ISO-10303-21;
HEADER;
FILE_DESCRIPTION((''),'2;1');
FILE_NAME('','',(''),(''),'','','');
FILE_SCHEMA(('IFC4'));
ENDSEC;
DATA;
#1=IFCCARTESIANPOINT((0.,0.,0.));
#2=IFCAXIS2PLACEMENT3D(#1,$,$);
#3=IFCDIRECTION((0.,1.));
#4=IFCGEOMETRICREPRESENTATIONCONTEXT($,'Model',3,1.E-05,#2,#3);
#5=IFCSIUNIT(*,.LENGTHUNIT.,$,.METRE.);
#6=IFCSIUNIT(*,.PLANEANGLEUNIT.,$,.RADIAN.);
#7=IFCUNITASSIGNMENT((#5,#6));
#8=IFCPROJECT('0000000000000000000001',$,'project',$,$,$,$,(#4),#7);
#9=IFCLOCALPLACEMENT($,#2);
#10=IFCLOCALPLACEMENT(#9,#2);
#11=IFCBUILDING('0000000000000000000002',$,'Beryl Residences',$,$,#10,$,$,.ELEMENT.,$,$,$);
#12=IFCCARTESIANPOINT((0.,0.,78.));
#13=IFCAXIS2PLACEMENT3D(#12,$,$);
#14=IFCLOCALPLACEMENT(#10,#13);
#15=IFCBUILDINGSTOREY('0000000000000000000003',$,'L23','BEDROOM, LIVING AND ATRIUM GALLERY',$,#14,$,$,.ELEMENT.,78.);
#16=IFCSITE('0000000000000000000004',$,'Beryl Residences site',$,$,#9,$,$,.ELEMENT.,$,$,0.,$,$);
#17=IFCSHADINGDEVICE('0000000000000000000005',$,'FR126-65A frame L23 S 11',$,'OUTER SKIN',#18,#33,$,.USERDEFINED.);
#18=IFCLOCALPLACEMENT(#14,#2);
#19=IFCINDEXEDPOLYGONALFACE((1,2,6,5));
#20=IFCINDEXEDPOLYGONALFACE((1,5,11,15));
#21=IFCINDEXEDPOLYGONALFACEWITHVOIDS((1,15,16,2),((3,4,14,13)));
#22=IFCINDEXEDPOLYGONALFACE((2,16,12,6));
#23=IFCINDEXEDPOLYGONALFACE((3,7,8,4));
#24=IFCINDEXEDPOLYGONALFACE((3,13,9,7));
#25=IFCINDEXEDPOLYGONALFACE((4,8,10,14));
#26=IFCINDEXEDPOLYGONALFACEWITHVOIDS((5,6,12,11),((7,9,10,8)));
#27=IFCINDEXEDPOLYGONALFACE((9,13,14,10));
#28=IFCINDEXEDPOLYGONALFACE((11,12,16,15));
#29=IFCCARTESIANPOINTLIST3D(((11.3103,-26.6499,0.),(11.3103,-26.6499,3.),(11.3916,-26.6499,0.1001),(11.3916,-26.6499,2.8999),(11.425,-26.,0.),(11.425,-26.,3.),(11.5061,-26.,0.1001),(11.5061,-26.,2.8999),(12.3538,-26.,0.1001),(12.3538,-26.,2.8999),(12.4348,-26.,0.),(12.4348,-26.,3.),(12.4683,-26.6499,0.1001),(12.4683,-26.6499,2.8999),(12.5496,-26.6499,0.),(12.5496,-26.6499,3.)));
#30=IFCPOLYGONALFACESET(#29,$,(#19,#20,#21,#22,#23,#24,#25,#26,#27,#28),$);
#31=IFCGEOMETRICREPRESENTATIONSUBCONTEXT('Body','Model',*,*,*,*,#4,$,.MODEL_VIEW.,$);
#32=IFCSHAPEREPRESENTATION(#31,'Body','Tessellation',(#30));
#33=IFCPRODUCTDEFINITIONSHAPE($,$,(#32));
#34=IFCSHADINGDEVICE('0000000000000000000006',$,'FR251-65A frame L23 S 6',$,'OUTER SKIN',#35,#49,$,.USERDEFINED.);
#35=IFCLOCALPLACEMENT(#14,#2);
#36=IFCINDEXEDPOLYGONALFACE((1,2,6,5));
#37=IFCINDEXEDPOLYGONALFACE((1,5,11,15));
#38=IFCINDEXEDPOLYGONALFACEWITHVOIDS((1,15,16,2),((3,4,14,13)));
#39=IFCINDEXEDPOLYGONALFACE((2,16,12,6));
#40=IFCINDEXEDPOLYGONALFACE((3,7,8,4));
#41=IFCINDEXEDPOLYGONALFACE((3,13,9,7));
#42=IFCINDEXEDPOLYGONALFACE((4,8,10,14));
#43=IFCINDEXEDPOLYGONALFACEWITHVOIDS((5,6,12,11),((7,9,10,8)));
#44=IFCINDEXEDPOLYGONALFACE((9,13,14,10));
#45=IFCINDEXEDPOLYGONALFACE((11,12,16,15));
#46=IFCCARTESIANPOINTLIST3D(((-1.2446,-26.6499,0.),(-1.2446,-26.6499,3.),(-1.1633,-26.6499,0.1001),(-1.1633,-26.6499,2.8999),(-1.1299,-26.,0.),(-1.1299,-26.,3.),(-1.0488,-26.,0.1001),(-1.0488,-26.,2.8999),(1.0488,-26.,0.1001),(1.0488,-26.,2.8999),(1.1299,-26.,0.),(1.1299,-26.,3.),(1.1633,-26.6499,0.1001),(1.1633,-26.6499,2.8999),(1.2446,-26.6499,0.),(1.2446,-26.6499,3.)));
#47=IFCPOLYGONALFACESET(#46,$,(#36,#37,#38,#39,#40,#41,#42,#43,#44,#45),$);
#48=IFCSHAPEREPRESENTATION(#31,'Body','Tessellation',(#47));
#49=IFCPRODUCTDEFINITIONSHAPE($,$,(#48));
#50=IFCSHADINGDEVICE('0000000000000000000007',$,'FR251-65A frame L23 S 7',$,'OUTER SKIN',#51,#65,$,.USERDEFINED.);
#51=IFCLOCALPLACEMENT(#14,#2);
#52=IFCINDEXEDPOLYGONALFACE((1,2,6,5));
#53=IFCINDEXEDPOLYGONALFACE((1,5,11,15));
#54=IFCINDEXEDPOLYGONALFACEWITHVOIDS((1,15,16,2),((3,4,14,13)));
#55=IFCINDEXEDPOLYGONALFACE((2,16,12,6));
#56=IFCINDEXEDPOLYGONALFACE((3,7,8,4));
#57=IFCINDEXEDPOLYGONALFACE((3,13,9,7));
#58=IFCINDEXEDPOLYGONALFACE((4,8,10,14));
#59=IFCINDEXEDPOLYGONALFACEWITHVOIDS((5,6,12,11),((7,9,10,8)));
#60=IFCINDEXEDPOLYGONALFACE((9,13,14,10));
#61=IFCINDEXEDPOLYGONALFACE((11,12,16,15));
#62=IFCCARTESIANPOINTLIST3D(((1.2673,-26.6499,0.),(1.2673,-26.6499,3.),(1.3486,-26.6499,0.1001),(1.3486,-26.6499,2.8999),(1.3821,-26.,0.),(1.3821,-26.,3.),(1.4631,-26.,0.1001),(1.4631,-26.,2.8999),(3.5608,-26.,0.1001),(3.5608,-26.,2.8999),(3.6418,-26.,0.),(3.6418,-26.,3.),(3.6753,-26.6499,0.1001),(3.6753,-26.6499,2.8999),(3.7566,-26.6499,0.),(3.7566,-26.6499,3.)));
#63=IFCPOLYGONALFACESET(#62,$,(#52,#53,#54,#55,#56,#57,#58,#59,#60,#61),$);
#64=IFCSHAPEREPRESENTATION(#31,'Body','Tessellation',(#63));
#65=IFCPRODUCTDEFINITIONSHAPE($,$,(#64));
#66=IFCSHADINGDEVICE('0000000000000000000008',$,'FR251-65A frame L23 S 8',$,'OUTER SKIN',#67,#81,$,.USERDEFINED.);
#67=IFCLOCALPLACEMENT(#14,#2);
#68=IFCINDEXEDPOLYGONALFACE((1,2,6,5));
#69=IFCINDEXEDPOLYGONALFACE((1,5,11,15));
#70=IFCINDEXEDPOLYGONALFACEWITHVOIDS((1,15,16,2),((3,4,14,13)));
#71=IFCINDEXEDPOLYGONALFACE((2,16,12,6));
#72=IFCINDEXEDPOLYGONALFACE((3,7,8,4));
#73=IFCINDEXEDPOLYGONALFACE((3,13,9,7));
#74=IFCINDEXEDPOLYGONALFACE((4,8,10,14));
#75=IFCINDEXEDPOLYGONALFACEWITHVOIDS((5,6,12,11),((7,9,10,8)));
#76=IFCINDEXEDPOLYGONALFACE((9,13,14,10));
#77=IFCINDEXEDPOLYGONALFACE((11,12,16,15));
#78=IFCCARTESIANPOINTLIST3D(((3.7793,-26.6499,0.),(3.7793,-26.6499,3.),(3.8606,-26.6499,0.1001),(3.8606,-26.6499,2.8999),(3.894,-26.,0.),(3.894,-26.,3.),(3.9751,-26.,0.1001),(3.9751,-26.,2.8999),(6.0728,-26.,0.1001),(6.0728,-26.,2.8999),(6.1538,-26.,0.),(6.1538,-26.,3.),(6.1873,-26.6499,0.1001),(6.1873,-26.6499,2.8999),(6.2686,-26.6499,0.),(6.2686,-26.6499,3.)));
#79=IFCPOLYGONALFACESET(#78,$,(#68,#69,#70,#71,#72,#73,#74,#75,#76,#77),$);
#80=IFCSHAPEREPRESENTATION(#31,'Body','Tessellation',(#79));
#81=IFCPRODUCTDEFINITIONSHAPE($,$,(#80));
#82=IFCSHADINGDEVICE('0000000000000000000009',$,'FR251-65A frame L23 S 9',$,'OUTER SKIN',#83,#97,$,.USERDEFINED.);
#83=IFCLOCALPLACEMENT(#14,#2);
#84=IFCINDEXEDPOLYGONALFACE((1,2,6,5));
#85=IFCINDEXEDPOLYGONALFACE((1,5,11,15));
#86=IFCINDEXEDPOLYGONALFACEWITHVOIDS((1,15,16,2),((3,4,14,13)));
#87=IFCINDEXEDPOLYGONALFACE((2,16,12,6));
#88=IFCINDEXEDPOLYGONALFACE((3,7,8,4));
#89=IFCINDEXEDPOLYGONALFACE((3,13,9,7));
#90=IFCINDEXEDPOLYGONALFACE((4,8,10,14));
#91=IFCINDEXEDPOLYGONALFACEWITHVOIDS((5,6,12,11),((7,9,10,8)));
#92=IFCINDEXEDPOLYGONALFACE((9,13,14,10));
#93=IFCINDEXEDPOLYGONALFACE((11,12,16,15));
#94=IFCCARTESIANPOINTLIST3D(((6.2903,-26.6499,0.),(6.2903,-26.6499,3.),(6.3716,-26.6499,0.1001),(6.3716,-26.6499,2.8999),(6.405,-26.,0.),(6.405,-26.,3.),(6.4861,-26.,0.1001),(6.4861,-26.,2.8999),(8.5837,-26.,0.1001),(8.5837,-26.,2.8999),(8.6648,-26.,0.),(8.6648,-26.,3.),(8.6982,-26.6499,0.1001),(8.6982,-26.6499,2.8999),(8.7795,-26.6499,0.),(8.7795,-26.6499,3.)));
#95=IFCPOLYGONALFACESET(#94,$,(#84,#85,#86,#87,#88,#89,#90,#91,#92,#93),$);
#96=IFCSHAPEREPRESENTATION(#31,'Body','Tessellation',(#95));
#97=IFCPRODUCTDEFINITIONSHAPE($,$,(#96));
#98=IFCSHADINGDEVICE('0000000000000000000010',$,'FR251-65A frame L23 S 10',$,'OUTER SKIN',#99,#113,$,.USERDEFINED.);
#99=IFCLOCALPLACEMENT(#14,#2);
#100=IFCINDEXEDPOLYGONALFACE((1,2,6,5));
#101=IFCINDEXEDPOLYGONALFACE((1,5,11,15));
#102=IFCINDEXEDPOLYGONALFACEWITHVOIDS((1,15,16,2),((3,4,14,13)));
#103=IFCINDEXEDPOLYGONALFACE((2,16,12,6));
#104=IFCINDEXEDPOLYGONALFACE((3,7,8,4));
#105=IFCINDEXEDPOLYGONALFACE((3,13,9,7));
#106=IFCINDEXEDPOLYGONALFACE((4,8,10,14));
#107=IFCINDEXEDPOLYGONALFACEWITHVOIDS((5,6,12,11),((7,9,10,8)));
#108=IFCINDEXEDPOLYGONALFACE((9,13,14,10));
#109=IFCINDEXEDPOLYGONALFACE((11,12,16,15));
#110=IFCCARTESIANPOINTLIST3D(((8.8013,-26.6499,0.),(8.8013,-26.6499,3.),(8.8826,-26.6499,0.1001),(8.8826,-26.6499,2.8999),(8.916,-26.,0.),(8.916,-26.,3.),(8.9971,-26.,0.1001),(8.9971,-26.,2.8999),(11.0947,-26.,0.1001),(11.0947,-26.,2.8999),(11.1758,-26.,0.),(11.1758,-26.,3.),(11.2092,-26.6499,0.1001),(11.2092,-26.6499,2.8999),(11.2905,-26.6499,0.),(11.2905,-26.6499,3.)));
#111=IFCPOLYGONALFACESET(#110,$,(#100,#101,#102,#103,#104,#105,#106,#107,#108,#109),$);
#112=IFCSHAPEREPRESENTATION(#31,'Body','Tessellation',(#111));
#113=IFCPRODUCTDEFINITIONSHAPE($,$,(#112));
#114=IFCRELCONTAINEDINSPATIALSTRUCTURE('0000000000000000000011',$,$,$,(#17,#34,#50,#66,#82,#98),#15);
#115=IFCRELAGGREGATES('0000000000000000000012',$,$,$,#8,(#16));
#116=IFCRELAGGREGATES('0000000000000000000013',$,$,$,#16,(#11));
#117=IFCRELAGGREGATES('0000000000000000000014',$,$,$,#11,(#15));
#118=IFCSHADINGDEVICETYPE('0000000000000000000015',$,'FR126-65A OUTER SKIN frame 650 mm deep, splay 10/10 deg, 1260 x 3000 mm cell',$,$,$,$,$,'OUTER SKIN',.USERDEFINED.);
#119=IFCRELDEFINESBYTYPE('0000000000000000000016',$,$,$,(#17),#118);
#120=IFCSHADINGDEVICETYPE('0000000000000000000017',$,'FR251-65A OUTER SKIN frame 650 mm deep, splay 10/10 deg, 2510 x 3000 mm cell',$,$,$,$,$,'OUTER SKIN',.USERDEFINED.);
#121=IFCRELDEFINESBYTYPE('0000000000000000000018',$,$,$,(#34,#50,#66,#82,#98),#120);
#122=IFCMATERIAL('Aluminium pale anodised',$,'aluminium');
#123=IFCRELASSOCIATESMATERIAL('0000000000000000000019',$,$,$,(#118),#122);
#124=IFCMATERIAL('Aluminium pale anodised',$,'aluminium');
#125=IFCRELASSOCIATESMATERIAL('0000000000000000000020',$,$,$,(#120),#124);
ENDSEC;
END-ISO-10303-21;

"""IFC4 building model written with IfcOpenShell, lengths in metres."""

from ifc_helpers import new_model, entity, si_unit, direction, frame, origin, place, context, subcontext, project, spatial, source, transform, mapped, material, type_object, type_shapes, element, save


model = new_model("IFC4")

# Units and contexts
model_context = context("Model", 3, precision=1e-05, world=origin(), true_north=direction((0.0, 1.0)))
body_context = subcontext(model_context, "Body", "Model", "MODEL_VIEW")
ifc_project = project(units=[si_unit("LENGTHUNIT", "METRE"), si_unit("PLANEANGLEUNIT", "RADIAN")], contexts=[model_context])

# Site, building, storey
site_placement = place(None, origin())
site = spatial("IfcSite", under=ifc_project, at=site_placement, Name="Beryl Residences site", CompositionType="ELEMENT", RefElevation=0.0)
building_placement = place(site_placement, origin())
building = spatial("IfcBuilding", under=site, at=building_placement, Name="Beryl Residences", CompositionType="ELEMENT")
storey_placement = place(building_placement, frame((0.0, 0.0, 78.0)))
storey = spatial("IfcBuildingStorey", under=building, at=storey_placement, Name="L23", Description="BEDROOM, LIVING AND ATRIUM GALLERY", CompositionType="ELEMENT", Elevation=78.0)

# Shading devices
ifc_material_1 = material(Name="Aluminium pale anodised", Category="aluminium")
shading_device_type_1 = type_object("IfcShadingDeviceType", Name="FR126-65A OUTER SKIN frame 650 mm deep, splay 10/10 deg, 1260 x 3000 mm cell", ElementType="OUTER SKIN", PredefinedType="USERDEFINED", material=ifc_material_1)
cartesian_point_1 = entity("IfcCartesianPoint", [-0.5049, 0.0])
cartesian_point_2 = entity("IfcCartesianPoint", [-0.4238, 0.1001])
cartesian_point_3 = entity("IfcCartesianPoint", [-0.6196, 0.0])
cartesian_point_4 = entity("IfcCartesianPoint", [-0.5383, 0.1001])
shared_shape_1 = source(origin(), body_context, "Body", "SweptSolid", [
    entity("IfcExtrudedAreaSolidTapered", entity("IfcArbitraryProfileDefWithVoids", "AREA", None, entity("IfcPolyline", [cartesian_point_1, entity("IfcCartesianPoint", [0.5049, 0.0]), entity("IfcCartesianPoint", [0.5049, 3.0]), entity("IfcCartesianPoint", [-0.5049, 3.0]), cartesian_point_1]), [entity("IfcPolyline", [cartesian_point_2, entity("IfcCartesianPoint", [0.4238, 0.1001]), entity("IfcCartesianPoint", [0.4238, 2.8999]), entity("IfcCartesianPoint", [-0.4238, 2.8999]), cartesian_point_2])]), entity("IfcAxis2Placement3D", entity("IfcCartesianPoint", [0.0, 0.0, 0.0]), entity("IfcDirection", [0.0, 1.0, 0.0]), entity("IfcDirection", [-1.0, 0.0, 0.0])), entity("IfcDirection", [0.0, 0.0, 1.0]), 0.6499, entity("IfcArbitraryProfileDefWithVoids", "AREA", None, entity("IfcPolyline", [cartesian_point_3, entity("IfcCartesianPoint", [0.6196, 0.0]), entity("IfcCartesianPoint", [0.6196, 3.0]), entity("IfcCartesianPoint", [-0.6196, 3.0]), cartesian_point_3]), [entity("IfcPolyline", [cartesian_point_4, entity("IfcCartesianPoint", [0.5383, 0.1001]), entity("IfcCartesianPoint", [0.5383, 2.8999]), entity("IfcCartesianPoint", [-0.5383, 2.8999]), cartesian_point_4])])),
])
type_shapes(shading_device_type_1, [shared_shape_1])
shading_device_placement = place(storey_placement, frame((11.9299, -26.0, 0.0), z_axis=(0.0, 0.0, 1.0), x_axis=(-1.0, 0.0, 0.0)))
element("IfcShadingDevice", 1, at=shading_device_placement, inside=storey, type_object=shading_device_type_1, Name="FR126-65A frame L23 S 11", ObjectType="OUTER SKIN", PredefinedType="USERDEFINED", context=body_context, shape_type="MappedRepresentation", body=[
    mapped(shared_shape_1, transform((0.0, 0.0, 0.0))),
])
ifc_material_2 = material(Name="Aluminium pale anodised", Category="aluminium")
shading_device_type_2 = type_object("IfcShadingDeviceType", Name="FR251-65A OUTER SKIN frame 650 mm deep, splay 10/10 deg, 2510 x 3000 mm cell", ElementType="OUTER SKIN", PredefinedType="USERDEFINED", material=ifc_material_2)
cartesian_point_5 = entity("IfcCartesianPoint", [-1.1299, 0.0])
cartesian_point_6 = entity("IfcCartesianPoint", [-1.0488, 0.1001])
cartesian_point_7 = entity("IfcCartesianPoint", [-1.2446, 0.0])
cartesian_point_8 = entity("IfcCartesianPoint", [-1.1633, 0.1001])
shared_shape_2 = source(origin(), body_context, "Body", "SweptSolid", [
    entity("IfcExtrudedAreaSolidTapered", entity("IfcArbitraryProfileDefWithVoids", "AREA", None, entity("IfcPolyline", [cartesian_point_5, entity("IfcCartesianPoint", [1.1299, 0.0]), entity("IfcCartesianPoint", [1.1299, 3.0]), entity("IfcCartesianPoint", [-1.1299, 3.0]), cartesian_point_5]), [entity("IfcPolyline", [cartesian_point_6, entity("IfcCartesianPoint", [1.0488, 0.1001]), entity("IfcCartesianPoint", [1.0488, 2.8999]), entity("IfcCartesianPoint", [-1.0488, 2.8999]), cartesian_point_6])]), entity("IfcAxis2Placement3D", entity("IfcCartesianPoint", [0.0, 0.0, 0.0]), entity("IfcDirection", [0.0, 1.0, 0.0]), entity("IfcDirection", [-1.0, 0.0, 0.0])), entity("IfcDirection", [0.0, 0.0, 1.0]), 0.6499, entity("IfcArbitraryProfileDefWithVoids", "AREA", None, entity("IfcPolyline", [cartesian_point_7, entity("IfcCartesianPoint", [1.2446, 0.0]), entity("IfcCartesianPoint", [1.2446, 3.0]), entity("IfcCartesianPoint", [-1.2446, 3.0]), cartesian_point_7]), [entity("IfcPolyline", [cartesian_point_8, entity("IfcCartesianPoint", [1.1633, 0.1001]), entity("IfcCartesianPoint", [1.1633, 2.8999]), entity("IfcCartesianPoint", [-1.1633, 2.8999]), cartesian_point_8])])),
])
type_shapes(shading_device_type_2, [shared_shape_2])
for number, where, z_axis, x_axis, name in (
    (2, (0.0, -26.0, 0.0), (0.0, 0.0, 1.0), (-1.0, 0.0, 0.0), "FR251-65A frame L23 S 6"),
    (3, (2.512, -26.0, 0.0), (0.0, 0.0, 1.0), (-1.0, 0.0, 0.0), "FR251-65A frame L23 S 7"),
    (4, (5.0239, -26.0, 0.0), (0.0, 0.0, 1.0), (-1.0, 0.0, 0.0), "FR251-65A frame L23 S 8"),
    (5, (7.5349, -26.0, 0.0), (0.0, 0.0, 1.0), (-1.0, 0.0, 0.0), "FR251-65A frame L23 S 9"),
    (6, (10.0459, -26.0, 0.0), (0.0, 0.0, 1.0), (-1.0, 0.0, 0.0), "FR251-65A frame L23 S 10"),
):
    element("IfcShadingDevice", number, at=place(storey_placement, frame(where, z_axis=z_axis, x_axis=x_axis)), inside=storey, type_object=shading_device_type_2, Name=name, ObjectType="OUTER SKIN", PredefinedType="USERDEFINED", context=body_context, shape_type="MappedRepresentation", body=[
        mapped(shared_shape_2, transform((0.0, 0.0, 0.0))),
    ])

save(model, "model.ifc")
